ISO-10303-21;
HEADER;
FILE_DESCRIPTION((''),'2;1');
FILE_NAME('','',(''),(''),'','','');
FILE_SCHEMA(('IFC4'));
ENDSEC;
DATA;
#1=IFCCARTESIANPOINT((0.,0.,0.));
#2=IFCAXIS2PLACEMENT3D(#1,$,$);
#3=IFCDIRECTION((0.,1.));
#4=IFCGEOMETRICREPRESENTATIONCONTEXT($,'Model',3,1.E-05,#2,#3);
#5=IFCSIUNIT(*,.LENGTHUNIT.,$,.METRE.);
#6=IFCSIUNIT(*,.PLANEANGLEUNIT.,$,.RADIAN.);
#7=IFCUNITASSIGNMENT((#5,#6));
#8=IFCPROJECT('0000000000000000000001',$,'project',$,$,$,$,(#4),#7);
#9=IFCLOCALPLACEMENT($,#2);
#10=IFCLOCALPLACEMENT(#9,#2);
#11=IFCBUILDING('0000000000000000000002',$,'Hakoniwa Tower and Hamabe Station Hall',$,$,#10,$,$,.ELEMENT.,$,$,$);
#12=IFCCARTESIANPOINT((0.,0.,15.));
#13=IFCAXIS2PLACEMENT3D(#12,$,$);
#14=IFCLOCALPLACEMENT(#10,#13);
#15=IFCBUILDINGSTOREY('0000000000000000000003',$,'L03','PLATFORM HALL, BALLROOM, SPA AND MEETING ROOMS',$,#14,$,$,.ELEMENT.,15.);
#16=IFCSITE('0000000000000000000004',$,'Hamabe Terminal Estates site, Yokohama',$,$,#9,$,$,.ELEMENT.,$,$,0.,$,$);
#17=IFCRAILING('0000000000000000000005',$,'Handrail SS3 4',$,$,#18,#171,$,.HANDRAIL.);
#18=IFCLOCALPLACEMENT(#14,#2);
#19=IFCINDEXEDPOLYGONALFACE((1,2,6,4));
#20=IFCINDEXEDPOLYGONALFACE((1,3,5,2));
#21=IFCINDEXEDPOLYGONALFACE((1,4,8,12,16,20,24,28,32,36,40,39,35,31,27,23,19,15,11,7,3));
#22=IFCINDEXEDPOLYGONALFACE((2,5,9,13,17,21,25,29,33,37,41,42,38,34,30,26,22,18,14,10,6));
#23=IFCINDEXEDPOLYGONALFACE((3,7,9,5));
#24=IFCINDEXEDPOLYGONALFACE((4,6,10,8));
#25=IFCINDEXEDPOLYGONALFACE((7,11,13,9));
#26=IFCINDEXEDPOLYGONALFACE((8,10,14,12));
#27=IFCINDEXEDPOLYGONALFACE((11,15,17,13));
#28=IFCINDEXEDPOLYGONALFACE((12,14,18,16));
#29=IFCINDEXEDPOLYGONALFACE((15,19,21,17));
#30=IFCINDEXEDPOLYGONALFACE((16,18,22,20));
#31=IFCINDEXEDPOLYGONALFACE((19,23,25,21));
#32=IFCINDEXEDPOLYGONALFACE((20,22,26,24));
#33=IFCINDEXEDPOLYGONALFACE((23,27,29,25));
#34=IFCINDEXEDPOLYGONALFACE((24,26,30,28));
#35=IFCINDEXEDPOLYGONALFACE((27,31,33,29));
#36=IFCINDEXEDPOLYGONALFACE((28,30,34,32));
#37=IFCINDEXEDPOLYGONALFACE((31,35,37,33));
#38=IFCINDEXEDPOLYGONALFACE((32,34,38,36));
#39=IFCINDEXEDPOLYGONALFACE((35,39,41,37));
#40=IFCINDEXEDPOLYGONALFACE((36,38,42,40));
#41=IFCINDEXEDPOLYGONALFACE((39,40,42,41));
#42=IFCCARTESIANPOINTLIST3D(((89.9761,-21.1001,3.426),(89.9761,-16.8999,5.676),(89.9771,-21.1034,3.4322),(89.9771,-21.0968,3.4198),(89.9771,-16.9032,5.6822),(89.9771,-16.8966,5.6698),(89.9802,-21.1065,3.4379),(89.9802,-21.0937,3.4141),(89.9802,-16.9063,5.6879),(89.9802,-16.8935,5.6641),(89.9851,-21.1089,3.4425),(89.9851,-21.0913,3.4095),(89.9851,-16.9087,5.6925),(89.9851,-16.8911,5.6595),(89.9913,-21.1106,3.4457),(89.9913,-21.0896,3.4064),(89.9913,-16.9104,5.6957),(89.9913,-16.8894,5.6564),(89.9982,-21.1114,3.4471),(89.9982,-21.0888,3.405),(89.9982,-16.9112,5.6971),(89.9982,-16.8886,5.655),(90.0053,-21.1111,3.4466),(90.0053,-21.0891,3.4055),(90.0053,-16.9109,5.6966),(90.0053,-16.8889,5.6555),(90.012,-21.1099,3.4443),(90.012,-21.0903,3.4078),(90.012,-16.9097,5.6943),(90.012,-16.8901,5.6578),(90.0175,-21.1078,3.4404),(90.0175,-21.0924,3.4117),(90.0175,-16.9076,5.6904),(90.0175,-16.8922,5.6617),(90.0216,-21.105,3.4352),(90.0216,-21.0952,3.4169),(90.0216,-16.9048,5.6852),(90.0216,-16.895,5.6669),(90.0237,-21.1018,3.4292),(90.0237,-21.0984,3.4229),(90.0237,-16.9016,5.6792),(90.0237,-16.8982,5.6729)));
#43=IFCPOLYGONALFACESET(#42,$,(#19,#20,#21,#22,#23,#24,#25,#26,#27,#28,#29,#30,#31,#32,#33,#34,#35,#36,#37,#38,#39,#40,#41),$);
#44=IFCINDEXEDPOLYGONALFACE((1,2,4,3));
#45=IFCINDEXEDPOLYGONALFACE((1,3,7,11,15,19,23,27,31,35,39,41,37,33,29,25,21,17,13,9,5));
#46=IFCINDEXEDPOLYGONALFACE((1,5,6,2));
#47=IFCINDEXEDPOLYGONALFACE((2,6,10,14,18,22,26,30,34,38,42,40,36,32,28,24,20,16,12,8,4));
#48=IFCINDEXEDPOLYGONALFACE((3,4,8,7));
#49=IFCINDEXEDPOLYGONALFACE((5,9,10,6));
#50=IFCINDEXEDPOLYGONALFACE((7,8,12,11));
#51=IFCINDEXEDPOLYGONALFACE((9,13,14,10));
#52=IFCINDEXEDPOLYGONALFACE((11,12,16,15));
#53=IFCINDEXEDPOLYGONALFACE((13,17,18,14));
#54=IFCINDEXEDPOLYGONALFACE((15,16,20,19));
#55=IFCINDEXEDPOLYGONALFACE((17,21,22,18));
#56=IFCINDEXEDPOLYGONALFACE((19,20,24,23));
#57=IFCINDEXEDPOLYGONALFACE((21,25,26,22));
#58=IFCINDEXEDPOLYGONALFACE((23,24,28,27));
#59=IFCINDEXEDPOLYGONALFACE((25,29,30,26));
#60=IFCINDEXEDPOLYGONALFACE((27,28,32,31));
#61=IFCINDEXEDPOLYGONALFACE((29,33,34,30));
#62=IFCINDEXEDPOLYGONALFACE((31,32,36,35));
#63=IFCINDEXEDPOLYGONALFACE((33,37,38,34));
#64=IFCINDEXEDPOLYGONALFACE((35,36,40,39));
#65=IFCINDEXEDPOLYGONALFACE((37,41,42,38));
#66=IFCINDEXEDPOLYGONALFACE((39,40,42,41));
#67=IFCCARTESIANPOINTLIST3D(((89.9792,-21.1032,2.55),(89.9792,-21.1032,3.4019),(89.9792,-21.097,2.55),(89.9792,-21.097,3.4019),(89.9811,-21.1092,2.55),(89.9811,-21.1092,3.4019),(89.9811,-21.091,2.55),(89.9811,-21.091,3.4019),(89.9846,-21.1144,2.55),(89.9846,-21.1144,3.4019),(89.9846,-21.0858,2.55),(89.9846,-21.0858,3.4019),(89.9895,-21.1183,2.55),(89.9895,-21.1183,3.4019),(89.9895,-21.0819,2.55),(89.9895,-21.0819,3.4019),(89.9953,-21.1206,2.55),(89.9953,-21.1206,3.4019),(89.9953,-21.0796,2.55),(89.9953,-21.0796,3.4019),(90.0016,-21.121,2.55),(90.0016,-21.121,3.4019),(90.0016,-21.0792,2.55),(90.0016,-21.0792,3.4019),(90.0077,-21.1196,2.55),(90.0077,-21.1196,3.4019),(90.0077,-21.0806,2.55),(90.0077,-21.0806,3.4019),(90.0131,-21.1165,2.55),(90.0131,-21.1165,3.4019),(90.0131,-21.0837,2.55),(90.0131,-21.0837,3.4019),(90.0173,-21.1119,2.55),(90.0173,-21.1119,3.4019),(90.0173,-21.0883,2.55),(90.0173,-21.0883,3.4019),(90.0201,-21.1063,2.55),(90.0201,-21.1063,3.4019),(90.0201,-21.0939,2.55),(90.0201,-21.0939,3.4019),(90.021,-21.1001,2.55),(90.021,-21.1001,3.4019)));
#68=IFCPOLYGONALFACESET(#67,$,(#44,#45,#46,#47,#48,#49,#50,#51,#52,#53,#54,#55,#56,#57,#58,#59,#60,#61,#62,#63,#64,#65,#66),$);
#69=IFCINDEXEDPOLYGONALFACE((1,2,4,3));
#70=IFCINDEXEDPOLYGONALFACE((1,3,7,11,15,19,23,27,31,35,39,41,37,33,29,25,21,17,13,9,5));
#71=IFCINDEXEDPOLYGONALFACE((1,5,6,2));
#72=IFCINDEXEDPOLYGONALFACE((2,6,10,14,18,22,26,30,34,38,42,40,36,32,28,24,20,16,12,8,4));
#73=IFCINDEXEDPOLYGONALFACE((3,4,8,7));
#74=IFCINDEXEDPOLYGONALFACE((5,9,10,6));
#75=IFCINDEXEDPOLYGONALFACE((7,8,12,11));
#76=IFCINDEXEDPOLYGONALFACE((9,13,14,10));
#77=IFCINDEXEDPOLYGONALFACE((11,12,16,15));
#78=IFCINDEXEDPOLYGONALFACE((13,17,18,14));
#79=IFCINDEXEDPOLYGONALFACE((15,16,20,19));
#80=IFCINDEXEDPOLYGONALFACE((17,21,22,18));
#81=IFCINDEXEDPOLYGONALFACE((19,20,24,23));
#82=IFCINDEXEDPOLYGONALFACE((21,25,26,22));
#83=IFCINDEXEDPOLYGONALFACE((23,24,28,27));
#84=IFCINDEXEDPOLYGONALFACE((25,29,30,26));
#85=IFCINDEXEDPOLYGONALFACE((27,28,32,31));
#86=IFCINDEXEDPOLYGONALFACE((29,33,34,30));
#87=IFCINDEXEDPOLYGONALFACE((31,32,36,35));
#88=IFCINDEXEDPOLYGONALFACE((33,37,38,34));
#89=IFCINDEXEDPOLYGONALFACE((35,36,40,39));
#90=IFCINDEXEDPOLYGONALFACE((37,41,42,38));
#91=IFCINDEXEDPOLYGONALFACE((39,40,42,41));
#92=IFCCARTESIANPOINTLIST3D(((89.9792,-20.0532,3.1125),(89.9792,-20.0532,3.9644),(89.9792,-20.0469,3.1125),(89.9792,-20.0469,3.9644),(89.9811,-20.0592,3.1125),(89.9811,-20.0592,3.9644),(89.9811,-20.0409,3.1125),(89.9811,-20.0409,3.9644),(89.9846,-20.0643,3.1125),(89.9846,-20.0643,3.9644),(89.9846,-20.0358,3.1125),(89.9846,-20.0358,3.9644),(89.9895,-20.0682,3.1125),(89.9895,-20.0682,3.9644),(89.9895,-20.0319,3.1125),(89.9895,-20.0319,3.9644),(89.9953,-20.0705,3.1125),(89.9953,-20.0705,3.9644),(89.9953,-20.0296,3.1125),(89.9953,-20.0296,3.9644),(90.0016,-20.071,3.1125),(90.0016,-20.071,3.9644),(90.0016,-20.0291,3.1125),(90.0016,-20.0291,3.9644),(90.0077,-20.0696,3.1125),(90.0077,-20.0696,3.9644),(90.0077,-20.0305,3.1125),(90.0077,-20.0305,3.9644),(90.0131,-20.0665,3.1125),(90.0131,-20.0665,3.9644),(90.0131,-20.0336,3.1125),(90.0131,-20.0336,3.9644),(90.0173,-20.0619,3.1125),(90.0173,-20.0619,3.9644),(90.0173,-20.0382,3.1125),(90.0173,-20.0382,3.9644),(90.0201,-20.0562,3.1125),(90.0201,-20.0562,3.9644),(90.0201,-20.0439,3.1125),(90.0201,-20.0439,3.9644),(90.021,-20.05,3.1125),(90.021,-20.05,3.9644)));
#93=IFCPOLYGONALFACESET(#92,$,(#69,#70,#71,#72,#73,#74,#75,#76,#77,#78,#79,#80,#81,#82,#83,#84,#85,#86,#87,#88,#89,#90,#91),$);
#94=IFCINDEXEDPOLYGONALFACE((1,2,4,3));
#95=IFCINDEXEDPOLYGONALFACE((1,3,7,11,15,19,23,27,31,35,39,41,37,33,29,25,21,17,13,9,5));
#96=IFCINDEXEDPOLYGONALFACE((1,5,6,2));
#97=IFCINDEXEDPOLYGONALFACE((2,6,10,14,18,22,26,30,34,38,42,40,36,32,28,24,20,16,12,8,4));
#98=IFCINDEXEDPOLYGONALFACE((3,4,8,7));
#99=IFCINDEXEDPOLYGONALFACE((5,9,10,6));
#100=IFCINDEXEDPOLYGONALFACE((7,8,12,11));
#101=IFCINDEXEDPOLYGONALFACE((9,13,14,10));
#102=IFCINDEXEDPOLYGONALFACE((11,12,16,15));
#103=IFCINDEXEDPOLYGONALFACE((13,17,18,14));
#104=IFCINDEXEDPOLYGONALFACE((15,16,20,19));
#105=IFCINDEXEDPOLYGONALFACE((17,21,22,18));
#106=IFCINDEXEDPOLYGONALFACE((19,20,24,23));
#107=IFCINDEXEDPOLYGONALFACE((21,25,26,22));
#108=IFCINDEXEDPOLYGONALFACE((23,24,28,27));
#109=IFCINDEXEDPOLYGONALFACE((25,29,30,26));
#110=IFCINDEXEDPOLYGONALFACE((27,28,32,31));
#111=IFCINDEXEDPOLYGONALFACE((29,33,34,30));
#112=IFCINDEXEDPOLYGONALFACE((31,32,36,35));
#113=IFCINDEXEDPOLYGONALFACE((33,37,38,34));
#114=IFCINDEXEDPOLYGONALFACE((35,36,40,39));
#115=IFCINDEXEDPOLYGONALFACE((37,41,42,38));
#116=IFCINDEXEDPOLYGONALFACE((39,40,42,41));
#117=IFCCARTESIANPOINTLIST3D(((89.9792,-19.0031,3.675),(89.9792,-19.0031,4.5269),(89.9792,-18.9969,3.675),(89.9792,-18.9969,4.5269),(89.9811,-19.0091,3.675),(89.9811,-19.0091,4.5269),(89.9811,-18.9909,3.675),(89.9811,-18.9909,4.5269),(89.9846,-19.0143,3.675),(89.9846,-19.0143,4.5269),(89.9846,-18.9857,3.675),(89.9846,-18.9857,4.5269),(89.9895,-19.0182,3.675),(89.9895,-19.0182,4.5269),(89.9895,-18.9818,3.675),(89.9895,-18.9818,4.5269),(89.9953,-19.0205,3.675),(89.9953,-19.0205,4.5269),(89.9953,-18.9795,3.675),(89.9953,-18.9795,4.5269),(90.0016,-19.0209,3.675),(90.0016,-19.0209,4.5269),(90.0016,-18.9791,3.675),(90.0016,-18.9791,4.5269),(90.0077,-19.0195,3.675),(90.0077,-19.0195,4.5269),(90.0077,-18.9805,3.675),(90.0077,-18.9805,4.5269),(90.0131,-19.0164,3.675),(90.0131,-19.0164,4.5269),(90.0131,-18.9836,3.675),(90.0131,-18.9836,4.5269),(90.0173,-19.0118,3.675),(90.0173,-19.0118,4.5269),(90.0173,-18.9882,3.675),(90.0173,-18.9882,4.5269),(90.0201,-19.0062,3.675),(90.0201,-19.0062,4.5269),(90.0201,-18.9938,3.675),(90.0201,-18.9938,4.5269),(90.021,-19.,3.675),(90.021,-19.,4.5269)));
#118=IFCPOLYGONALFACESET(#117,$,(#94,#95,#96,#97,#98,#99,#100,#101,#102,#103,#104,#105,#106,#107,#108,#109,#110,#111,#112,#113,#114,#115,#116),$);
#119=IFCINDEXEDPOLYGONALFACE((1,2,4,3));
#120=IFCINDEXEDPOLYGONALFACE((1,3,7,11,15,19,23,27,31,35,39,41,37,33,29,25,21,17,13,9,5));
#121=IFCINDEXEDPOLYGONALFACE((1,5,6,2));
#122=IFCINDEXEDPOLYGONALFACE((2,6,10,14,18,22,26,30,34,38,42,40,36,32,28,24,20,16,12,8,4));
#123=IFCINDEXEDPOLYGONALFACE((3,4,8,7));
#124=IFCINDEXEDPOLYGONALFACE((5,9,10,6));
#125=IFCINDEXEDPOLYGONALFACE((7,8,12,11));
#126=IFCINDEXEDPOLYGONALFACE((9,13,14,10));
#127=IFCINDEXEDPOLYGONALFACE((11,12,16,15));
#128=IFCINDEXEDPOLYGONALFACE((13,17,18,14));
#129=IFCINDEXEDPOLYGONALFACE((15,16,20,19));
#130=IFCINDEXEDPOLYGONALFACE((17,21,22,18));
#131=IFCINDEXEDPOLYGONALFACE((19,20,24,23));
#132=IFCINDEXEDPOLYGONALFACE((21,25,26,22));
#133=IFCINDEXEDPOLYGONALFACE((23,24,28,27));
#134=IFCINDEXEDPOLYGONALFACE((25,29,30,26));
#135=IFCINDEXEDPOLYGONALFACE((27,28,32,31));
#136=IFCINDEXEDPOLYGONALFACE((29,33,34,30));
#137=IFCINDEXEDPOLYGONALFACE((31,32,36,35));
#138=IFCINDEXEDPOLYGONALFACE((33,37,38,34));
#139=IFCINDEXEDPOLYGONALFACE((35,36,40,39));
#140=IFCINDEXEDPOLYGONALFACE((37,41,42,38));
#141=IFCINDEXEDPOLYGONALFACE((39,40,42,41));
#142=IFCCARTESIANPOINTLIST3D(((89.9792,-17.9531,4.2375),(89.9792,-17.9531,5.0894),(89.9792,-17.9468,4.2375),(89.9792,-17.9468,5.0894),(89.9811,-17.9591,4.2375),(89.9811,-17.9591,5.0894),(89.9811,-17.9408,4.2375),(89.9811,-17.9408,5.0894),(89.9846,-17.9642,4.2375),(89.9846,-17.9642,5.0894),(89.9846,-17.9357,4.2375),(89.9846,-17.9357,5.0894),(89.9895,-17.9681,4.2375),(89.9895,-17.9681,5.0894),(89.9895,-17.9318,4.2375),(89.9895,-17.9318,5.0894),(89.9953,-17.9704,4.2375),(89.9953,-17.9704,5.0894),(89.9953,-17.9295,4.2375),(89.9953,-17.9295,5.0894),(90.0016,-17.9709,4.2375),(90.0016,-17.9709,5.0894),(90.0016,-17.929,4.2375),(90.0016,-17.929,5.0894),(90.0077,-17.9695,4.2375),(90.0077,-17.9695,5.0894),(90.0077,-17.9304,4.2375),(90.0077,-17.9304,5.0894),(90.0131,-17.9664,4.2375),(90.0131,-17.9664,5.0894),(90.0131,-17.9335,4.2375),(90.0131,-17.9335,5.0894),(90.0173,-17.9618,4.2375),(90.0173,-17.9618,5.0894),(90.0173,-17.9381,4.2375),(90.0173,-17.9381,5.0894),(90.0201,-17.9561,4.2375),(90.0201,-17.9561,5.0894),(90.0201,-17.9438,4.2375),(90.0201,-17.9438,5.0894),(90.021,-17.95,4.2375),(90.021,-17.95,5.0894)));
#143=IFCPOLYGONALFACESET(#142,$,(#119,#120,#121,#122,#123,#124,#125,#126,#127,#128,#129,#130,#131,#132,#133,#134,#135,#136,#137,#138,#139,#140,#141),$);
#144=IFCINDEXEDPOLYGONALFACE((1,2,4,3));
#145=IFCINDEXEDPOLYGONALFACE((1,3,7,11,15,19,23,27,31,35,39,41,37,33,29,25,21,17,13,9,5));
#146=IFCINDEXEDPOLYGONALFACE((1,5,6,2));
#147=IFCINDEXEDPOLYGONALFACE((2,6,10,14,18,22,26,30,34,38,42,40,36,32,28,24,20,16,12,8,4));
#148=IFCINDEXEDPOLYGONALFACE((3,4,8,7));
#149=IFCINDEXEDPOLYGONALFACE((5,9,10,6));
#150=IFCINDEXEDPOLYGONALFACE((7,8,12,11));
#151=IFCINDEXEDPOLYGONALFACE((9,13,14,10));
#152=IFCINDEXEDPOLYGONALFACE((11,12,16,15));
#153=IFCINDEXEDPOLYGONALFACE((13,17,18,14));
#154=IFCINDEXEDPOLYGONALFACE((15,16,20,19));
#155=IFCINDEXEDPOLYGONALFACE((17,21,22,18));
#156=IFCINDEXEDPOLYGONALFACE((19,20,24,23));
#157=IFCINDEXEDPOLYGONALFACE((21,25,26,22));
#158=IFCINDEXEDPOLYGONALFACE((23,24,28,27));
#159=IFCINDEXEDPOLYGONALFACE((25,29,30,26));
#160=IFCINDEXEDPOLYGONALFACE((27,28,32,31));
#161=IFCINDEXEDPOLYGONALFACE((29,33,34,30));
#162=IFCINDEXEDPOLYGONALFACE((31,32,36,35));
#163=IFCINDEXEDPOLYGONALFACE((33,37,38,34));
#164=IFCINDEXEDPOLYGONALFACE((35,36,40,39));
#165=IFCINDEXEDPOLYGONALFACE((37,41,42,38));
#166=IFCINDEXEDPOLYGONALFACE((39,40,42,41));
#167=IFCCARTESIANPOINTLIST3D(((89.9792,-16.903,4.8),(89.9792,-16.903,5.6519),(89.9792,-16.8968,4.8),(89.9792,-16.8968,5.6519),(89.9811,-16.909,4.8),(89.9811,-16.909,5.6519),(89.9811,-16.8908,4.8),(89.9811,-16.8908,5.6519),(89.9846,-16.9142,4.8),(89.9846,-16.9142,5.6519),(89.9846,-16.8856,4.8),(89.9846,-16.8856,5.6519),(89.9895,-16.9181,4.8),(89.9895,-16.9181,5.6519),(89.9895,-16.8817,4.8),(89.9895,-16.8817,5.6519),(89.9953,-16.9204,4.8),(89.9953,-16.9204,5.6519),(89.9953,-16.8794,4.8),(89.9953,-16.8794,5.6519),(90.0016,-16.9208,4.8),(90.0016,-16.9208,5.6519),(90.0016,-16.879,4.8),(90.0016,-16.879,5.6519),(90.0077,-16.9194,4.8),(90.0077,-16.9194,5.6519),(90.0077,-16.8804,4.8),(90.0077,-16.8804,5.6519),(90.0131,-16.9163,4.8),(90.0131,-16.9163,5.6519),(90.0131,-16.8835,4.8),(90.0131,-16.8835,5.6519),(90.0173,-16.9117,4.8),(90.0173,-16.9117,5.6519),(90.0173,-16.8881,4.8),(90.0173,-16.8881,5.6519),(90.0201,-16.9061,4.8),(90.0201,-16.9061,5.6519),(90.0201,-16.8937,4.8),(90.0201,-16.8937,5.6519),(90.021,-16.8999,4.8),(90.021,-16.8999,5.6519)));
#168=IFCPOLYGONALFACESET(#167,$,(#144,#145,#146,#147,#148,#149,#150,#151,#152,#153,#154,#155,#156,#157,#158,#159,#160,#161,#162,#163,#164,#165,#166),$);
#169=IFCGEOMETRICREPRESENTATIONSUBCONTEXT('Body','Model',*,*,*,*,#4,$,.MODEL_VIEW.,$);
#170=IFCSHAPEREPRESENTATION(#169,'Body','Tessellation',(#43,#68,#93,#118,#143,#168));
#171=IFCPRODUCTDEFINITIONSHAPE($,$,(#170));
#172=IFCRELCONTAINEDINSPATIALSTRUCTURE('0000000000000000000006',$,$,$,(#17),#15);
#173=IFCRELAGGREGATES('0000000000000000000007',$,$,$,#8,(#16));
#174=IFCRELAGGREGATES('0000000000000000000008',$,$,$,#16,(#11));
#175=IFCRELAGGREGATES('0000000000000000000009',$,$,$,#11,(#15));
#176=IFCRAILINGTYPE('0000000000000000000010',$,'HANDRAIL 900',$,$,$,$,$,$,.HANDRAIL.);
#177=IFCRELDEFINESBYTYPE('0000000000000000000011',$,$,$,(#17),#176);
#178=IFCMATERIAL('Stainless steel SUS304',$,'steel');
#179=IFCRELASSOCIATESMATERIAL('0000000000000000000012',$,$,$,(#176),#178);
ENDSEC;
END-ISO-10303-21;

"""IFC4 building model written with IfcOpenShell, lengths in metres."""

from ifc_helpers import new_model, si_unit, direction, frame, origin, origin_2d, place, context, subcontext, project, spatial, circle, extrude, material, type_object, element, save


model = new_model("IFC4")

# Units and contexts
model_context = context("Model", 3, precision=1e-05, world=origin(), true_north=direction((0.0, 1.0)))
body_context = subcontext(model_context, "Body", "Model", "MODEL_VIEW")
ifc_project = project(units=[si_unit("LENGTHUNIT", "METRE"), si_unit("PLANEANGLEUNIT", "RADIAN")], contexts=[model_context])

# Site, building, storey
site_placement = place(None, origin())
site = spatial("IfcSite", under=ifc_project, at=site_placement, Name="Hamabe Terminal Estates site, Yokohama", CompositionType="ELEMENT", RefElevation=0.0)
building_placement = place(site_placement, origin())
building = spatial("IfcBuilding", under=site, at=building_placement, Name="Hakoniwa Tower and Hamabe Station Hall", CompositionType="ELEMENT")
storey_placement = place(building_placement, frame((0.0, 0.0, 15.0)))
storey = spatial("IfcBuildingStorey", under=building, at=storey_placement, Name="L03", Description="PLATFORM HALL, BALLROOM, SPA AND MEETING ROOMS", CompositionType="ELEMENT", Elevation=15.0)

# Railing
ifc_material_1 = material(Name="Stainless steel SUS304", Category="steel")
railing_type = type_object("IfcRailingType", Name="HANDRAIL 900", PredefinedType="HANDRAIL", material=ifc_material_1)
for number, where, name in (
    (1, (90.0, -21.1001, 2.55), "Handrail SS3 4"),
):
    element("IfcRailing", number, at=place(storey_placement, frame(where)), inside=storey, type_object=railing_type, Name=name, PredefinedType="HANDRAIL", context=body_context, shape_type="SweptSolid", body=[
        extrude(circle(Radius=0.0239, at=origin_2d()), frame((0.0, 0.0, 0.876), z_axis=(0.0, 0.881489, 0.472204), x_axis=(-1.0, 0.0, 0.0)), (0.0, 0.0, 1.0), 4.7649),
        extrude(circle(Radius=0.021, at=origin_2d()), origin(), (0.0, 0.0, 1.0), 0.8518),
        extrude(circle(Radius=0.021, at=origin_2d()), frame((0.0, 1.05, 0.5625)), (0.0, 0.0, 1.0), 0.8518),
        extrude(circle(Radius=0.021, at=origin_2d()), frame((0.0, 2.1001, 1.125)), (0.0, 0.0, 1.0), 0.8518),
        extrude(circle(Radius=0.021, at=origin_2d()), frame((0.0, 3.1501, 1.6875)), (0.0, 0.0, 1.0), 0.8518),
        extrude(circle(Radius=0.021, at=origin_2d()), frame((0.0, 4.2002, 2.25)), (0.0, 0.0, 1.0), 0.8518),
    ])

save(model, "model.ifc")
